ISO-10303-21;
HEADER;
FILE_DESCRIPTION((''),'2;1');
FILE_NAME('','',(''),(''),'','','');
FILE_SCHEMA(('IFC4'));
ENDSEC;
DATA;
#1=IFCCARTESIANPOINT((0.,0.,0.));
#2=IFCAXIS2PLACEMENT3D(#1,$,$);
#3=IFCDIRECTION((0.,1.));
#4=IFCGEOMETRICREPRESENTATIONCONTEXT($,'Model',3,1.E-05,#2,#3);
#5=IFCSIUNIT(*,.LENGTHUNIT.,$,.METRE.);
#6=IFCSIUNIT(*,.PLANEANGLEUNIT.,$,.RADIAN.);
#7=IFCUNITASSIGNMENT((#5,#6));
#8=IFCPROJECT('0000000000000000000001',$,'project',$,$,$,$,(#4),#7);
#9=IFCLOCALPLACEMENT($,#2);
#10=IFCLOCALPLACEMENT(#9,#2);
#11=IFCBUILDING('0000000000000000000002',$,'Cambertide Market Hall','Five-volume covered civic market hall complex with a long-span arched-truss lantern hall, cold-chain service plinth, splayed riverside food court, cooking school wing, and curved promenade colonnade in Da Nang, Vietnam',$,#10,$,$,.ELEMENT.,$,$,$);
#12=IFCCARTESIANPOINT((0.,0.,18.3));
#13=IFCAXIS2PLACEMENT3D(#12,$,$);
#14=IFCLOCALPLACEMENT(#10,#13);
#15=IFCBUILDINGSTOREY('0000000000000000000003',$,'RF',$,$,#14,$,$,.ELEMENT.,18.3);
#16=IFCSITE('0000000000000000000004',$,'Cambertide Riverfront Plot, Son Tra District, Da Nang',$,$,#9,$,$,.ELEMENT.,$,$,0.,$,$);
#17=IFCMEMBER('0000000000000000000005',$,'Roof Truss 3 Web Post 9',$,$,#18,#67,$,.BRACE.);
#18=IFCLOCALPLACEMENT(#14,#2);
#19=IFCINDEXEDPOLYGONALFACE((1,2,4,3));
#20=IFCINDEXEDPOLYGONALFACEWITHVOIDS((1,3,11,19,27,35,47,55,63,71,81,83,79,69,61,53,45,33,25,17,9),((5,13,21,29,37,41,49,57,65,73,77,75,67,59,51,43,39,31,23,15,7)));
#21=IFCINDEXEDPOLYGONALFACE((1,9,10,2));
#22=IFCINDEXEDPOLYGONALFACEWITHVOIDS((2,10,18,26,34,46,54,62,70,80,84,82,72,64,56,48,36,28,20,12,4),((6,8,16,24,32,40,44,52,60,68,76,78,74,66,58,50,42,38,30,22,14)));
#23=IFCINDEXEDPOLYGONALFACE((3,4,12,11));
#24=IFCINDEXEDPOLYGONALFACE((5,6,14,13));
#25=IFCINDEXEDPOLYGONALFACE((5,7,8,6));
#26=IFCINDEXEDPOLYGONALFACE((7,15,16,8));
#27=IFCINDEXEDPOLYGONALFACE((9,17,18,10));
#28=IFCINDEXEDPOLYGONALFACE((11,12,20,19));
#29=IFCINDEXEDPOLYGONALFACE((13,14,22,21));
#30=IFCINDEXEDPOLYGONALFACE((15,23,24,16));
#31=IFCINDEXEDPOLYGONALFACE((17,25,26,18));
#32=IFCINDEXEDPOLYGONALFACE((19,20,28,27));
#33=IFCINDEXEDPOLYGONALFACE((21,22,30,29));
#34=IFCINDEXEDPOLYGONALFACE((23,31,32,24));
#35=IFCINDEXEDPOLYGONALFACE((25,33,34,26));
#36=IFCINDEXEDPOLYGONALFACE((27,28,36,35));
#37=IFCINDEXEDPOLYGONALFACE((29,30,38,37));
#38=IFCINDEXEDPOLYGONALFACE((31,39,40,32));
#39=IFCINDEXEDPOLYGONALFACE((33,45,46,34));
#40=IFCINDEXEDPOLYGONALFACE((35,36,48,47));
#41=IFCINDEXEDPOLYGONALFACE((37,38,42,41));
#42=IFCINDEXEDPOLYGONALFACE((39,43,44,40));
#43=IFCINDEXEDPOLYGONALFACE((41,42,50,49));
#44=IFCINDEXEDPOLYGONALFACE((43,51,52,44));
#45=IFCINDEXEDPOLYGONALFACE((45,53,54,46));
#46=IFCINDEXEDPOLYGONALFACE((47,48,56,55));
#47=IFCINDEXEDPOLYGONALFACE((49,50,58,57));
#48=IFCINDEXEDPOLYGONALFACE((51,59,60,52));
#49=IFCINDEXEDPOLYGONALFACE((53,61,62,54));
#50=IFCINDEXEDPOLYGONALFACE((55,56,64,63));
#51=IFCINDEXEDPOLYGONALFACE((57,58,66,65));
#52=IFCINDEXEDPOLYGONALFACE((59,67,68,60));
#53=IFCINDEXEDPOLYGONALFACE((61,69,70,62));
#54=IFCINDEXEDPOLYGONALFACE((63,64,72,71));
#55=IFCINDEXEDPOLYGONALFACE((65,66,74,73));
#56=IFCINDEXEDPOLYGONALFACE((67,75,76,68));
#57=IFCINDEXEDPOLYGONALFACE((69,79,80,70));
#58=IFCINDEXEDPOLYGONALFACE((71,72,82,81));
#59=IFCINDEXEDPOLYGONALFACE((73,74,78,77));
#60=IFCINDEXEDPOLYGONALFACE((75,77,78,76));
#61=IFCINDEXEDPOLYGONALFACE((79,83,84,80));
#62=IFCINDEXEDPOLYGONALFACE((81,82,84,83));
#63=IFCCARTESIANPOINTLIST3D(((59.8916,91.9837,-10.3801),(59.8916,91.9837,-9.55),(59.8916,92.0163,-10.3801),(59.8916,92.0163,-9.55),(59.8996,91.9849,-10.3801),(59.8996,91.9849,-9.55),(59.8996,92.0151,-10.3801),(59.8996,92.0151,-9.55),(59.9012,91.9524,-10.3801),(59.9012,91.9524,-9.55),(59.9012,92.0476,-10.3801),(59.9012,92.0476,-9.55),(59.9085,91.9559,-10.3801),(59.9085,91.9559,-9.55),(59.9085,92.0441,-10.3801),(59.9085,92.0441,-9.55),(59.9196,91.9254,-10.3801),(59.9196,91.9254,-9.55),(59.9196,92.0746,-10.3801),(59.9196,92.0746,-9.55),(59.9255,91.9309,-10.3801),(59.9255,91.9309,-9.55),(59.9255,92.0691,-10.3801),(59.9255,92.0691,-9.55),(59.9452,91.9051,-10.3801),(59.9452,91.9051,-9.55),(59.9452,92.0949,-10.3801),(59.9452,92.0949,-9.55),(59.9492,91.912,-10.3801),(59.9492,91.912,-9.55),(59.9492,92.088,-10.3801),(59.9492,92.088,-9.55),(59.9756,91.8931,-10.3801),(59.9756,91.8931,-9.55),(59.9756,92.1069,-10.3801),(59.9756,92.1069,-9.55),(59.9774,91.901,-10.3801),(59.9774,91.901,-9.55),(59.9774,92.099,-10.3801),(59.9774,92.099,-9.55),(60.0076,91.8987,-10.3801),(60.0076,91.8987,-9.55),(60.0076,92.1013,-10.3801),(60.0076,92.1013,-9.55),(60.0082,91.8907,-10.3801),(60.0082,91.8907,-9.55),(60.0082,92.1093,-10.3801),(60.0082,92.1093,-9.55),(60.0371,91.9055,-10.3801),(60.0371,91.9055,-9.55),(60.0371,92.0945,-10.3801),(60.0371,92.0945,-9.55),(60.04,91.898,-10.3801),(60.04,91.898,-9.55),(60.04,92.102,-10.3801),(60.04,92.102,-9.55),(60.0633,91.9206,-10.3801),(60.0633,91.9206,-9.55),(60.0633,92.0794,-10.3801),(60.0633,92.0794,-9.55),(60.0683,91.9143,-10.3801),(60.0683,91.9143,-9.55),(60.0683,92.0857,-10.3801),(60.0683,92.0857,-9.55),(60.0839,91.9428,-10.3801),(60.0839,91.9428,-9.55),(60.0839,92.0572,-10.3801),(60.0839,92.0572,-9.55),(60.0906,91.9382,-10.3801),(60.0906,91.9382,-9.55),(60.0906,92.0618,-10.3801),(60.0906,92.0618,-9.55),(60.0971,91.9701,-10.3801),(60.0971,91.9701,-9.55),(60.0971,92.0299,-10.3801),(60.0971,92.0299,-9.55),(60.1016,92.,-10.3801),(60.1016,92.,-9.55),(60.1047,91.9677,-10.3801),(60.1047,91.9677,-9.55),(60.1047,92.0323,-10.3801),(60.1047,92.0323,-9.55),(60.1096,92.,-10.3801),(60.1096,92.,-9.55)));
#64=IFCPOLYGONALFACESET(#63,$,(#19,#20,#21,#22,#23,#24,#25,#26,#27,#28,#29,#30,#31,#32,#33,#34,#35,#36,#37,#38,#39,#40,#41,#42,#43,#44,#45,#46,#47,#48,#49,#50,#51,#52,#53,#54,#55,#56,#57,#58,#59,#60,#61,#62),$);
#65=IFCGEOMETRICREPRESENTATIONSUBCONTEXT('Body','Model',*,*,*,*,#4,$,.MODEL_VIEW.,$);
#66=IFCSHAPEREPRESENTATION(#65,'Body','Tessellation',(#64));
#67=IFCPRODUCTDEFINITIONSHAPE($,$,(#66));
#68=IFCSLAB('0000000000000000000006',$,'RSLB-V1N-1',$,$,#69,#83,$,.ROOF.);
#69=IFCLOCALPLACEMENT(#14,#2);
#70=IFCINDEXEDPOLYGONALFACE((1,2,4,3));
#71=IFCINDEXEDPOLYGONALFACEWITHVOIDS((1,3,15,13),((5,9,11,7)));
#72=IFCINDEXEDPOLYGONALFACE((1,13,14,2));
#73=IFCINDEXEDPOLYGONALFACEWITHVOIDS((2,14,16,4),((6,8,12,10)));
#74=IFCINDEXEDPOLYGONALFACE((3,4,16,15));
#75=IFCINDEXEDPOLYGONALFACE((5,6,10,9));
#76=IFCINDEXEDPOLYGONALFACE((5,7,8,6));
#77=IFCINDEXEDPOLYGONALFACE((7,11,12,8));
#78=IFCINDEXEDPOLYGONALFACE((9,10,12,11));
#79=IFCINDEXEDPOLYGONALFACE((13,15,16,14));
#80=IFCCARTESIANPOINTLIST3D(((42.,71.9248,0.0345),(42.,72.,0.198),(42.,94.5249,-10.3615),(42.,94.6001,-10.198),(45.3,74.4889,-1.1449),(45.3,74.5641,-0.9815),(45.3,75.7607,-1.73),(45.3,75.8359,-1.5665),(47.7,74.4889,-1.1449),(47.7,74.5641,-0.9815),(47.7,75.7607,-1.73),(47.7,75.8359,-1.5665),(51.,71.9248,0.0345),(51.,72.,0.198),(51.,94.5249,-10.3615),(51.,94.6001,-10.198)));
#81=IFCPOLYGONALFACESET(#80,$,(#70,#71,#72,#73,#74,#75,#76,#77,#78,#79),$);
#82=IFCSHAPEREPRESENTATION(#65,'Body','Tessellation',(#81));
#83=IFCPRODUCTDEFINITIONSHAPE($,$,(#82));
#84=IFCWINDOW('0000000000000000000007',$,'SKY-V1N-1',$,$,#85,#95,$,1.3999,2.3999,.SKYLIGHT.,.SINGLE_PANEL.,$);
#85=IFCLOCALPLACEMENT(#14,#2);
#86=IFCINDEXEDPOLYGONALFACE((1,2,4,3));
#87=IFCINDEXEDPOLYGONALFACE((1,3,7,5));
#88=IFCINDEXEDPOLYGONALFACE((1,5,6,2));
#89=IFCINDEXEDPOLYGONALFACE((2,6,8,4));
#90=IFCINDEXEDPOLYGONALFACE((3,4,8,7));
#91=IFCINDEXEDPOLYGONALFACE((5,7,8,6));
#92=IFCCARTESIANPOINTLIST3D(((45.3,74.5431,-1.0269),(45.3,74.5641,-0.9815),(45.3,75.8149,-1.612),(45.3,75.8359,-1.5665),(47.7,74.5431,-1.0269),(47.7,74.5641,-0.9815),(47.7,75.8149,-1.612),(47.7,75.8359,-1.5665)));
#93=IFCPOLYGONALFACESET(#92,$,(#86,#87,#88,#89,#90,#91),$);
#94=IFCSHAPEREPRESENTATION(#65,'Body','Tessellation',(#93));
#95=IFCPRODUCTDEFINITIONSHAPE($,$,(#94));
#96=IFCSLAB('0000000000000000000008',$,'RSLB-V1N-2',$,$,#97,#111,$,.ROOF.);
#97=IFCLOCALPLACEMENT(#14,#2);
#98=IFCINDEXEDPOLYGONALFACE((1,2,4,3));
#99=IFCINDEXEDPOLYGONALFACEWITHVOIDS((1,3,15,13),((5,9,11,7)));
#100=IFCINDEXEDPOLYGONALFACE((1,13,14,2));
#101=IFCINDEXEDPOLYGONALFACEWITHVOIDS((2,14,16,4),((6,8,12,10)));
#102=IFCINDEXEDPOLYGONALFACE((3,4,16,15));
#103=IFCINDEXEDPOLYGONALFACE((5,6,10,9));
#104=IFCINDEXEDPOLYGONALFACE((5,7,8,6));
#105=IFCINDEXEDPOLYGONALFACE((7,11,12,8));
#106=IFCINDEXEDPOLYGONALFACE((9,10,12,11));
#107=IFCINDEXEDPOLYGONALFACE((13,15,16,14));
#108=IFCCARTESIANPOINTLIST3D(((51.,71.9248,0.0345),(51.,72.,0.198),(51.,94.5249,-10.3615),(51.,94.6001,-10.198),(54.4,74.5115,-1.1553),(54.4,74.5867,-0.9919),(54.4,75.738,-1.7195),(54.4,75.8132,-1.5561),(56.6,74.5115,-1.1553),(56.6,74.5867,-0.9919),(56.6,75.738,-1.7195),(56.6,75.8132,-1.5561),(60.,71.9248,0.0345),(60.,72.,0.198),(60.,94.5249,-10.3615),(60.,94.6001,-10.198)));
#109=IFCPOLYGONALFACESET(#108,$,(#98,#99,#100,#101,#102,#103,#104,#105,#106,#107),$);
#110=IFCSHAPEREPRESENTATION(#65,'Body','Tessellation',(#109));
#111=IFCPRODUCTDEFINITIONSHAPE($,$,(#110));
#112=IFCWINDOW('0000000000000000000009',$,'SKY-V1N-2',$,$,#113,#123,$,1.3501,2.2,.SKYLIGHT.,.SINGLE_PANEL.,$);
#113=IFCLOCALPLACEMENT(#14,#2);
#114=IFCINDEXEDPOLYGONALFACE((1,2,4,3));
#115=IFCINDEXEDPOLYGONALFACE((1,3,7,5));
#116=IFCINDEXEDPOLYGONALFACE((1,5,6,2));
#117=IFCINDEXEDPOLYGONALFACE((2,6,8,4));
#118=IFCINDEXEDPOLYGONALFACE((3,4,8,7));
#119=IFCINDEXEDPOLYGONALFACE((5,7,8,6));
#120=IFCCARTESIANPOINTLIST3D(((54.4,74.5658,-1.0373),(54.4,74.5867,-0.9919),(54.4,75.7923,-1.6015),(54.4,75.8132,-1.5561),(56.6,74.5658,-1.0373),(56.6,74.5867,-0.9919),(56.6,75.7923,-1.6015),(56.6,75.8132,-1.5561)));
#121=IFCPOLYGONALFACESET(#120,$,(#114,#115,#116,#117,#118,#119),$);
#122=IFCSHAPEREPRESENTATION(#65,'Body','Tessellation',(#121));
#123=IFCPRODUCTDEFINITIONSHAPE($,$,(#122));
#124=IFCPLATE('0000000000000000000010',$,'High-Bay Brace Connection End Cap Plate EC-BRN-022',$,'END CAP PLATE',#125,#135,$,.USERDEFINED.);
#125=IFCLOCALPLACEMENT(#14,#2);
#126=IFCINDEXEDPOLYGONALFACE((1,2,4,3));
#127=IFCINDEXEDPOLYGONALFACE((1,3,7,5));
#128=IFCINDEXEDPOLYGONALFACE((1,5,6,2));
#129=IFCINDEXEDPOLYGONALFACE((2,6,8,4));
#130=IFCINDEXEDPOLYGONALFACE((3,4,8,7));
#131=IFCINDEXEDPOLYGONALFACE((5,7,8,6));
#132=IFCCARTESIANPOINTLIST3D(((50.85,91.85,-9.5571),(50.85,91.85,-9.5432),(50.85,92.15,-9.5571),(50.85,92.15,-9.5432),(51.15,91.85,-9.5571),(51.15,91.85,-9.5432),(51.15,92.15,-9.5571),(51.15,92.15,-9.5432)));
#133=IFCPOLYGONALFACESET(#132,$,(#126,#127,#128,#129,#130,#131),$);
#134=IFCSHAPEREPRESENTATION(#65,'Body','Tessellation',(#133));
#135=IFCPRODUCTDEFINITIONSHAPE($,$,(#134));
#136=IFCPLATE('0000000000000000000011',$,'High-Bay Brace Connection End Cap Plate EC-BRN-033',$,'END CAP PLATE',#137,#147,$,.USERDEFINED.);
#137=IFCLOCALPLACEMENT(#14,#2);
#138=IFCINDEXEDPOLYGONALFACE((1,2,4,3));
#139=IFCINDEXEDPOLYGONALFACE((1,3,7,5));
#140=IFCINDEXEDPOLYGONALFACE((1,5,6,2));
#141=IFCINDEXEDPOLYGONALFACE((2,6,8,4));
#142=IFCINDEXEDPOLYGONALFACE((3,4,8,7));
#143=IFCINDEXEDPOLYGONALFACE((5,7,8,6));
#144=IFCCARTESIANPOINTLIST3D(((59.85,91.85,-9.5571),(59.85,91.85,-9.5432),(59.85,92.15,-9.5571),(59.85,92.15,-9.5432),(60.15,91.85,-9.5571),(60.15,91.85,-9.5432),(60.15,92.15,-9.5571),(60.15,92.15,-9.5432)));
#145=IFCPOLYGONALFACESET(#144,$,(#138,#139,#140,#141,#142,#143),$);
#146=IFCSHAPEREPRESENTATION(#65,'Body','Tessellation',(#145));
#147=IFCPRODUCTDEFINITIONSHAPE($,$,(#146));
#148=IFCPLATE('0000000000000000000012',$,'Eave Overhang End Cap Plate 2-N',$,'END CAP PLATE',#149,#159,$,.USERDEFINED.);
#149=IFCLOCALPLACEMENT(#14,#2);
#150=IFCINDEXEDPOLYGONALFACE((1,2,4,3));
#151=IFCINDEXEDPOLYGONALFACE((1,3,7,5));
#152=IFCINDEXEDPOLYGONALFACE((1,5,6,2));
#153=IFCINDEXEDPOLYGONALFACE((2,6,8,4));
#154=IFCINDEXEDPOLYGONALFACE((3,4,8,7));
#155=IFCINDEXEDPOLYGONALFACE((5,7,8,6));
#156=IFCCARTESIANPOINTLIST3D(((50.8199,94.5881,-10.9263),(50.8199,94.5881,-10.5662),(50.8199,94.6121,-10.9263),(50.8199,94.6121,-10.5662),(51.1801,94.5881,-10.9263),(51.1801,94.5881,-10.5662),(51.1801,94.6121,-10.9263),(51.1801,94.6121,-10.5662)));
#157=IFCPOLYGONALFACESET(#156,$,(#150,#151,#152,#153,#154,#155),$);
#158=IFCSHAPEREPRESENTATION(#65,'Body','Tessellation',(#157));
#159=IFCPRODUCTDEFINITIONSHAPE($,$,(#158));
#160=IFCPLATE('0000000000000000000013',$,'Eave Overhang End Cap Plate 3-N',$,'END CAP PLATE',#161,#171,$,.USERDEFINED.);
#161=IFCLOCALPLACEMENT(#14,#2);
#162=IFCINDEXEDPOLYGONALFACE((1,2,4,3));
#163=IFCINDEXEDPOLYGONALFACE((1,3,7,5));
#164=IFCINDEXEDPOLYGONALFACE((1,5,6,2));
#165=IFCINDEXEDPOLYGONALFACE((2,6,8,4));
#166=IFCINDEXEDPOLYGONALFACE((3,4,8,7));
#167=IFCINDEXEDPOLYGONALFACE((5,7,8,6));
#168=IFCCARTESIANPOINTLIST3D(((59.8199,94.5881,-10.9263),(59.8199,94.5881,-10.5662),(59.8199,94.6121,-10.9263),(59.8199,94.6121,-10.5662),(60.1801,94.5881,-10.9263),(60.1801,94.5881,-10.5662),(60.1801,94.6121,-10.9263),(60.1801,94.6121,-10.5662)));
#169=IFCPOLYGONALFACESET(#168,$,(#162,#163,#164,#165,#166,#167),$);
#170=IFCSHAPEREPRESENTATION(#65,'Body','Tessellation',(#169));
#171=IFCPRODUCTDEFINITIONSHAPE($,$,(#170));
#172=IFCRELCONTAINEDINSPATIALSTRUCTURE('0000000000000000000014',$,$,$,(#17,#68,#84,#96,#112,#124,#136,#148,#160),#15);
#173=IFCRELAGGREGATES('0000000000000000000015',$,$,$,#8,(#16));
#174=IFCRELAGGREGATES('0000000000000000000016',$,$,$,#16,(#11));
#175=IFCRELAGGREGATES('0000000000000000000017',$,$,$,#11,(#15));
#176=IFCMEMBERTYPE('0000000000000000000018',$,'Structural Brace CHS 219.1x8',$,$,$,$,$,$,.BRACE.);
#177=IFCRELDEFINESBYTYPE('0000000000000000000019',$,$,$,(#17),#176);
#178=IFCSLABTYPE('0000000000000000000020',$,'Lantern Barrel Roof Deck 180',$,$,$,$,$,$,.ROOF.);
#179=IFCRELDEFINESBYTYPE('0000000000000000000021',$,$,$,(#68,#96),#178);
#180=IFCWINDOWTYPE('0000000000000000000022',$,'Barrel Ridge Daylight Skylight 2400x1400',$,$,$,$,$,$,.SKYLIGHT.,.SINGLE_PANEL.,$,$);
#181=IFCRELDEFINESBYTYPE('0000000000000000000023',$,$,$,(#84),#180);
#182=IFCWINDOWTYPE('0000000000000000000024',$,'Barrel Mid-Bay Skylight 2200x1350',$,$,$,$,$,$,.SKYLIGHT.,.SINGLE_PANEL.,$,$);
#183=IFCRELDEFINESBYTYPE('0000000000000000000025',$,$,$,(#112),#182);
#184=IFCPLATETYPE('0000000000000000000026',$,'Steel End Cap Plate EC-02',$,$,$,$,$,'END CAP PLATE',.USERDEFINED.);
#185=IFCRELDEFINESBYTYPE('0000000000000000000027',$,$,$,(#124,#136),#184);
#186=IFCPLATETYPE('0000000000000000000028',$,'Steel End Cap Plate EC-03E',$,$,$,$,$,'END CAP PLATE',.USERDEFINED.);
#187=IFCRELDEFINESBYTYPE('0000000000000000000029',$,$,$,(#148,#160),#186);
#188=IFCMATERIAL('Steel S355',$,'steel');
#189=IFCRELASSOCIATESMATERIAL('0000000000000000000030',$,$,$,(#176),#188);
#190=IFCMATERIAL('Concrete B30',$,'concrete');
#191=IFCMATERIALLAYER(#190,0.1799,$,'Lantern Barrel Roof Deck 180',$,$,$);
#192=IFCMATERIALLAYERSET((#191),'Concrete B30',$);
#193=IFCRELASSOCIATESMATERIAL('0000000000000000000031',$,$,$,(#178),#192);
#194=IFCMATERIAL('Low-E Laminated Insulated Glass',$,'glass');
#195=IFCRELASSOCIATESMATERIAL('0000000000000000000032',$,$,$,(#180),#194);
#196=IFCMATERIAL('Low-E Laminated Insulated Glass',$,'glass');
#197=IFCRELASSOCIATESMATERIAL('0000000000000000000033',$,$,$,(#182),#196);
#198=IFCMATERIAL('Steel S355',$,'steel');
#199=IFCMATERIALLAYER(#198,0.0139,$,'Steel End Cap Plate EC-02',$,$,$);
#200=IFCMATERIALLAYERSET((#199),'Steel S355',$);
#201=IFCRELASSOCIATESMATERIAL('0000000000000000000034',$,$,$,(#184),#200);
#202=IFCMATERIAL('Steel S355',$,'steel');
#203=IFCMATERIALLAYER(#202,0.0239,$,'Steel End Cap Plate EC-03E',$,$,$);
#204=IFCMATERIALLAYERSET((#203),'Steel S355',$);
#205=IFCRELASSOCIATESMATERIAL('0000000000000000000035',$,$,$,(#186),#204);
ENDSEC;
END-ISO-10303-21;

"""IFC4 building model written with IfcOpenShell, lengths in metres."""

from ifc_helpers import new_model, si_unit, direction, frame, origin, origin_2d, place, context, subcontext, project, spatial, polyline, rectangle, hollow_circle, outline, extrude, material, layer, layer_set, material_profile, profile_set, type_object, element, fill, save


model = new_model("IFC4")

# Units and contexts
model_context = context("Model", 3, precision=1e-05, world=origin(), true_north=direction((0.0, 1.0)))
body_context = subcontext(model_context, "Body", "Model", "MODEL_VIEW")
ifc_project = project(units=[si_unit("LENGTHUNIT", "METRE"), si_unit("PLANEANGLEUNIT", "RADIAN")], contexts=[model_context])

# Site, building, storey
site_placement = place(None, origin())
site = spatial("IfcSite", under=ifc_project, at=site_placement, Name="Cambertide Riverfront Plot, Son Tra District, Da Nang", CompositionType="ELEMENT", RefElevation=0.0)
building_placement = place(site_placement, origin())
building = spatial("IfcBuilding", under=site, at=building_placement, Name="Cambertide Market Hall", Description="Five-volume covered civic market hall complex with a long-span arched-truss lantern hall, cold-chain service plinth, splayed riverside food court, cooking school wing, and curved promenade colonnade in Da Nang, Vietnam", CompositionType="ELEMENT")
storey_placement = place(building_placement, frame((0.0, 0.0, 18.3)))
storey = spatial("IfcBuildingStorey", under=building, at=storey_placement, Name="RF", CompositionType="ELEMENT", Elevation=18.3)

# Member
ifc_material_1 = material(Name="Steel S355", Category="steel")
ifc_material_profile_1 = material_profile(ifc_material_1, hollow_circle(Radius=0.1096, WallThickness=0.0081, at=origin_2d()), Name="CHS 219.1x8")
ifc_profile_set_1 = profile_set([ifc_material_profile_1], Name="Steel S355")
member_type_1 = type_object("IfcMemberType", Name="Structural Brace CHS 219.1x8", PredefinedType="BRACE", material=ifc_profile_set_1)
for number, where, z_axis, x_axis, name in (
    (1, (60.0, 92.0, -10.3801), (0.0, 0.0, 1.0), (1.0, 0.0, 0.0), "Roof Truss 3 Web Post 9"),
):
    element("IfcMember", number, at=place(storey_placement, frame(where, z_axis=z_axis, x_axis=x_axis)), inside=storey, type_object=member_type_1, Name=name, PredefinedType="BRACE", context=body_context, shape_type="SweptSolid", body=[
        extrude(hollow_circle(Radius=0.1096, WallThickness=0.0081, at=origin_2d()), origin(), (0.0, 0.0, 1.0), 0.8301),
    ])

# Slabs, openings, windows
ifc_material_2 = material(Name="Concrete B30", Category="concrete")
ifc_layer_1 = layer(ifc_material_2, 0.1799, Name="Lantern Barrel Roof Deck 180")
ifc_layer_set_1 = layer_set([ifc_layer_1], Name="Concrete B30")
slab_type = type_object("IfcSlabType", Name="Lantern Barrel Roof Deck 180", PredefinedType="ROOF", material=ifc_layer_set_1)
slab_1_placement = place(storey_placement, frame((51.0, 94.6001, -10.198), z_axis=(0.0, 0.417904, 0.908491), x_axis=(-1.0, 0.0, 0.0)))
slab_1 = element("IfcSlab", 2, at=slab_1_placement, inside=storey, type_object=slab_type, Name="RSLB-V1N-1", PredefinedType="ROOF", context=body_context, shape_type="SweptSolid", body=[
    extrude(outline(polyline([(0.0, 0.0), (9.0, 0.0), (9.0, 24.8765), (0.0, 24.8765), (0.0, 0.0)])), origin(), (0.0, 0.0, -1.0), 0.1799),
])
opening_1_placement = place(slab_1_placement, frame((4.5, 21.3542, 0.01), z_axis=(0.0, 0.0, 1.0), x_axis=(1.0, 0.0, 0.0)))
opening_1 = element("IfcOpeningElement", 3, at=opening_1_placement, cuts=slab_1, PredefinedType="OPENING", context=body_context, shape_type="SweptSolid", body=[
    extrude(rectangle(XDim=2.3999, YDim=1.3999, at=origin_2d()), origin(), (0.0, 0.0, -1.0), 0.2),
])
ifc_material_3 = material(Name="Low-E Laminated Insulated Glass", Category="glass")
window_type_1 = type_object("IfcWindowType", Name="Barrel Ridge Daylight Skylight 2400x1400", PartitioningType="SINGLE_PANEL", PredefinedType="SKYLIGHT", material=ifc_material_3)
window_1_placement = place(slab_1_placement, frame((4.5, 21.3542, 0.0), z_axis=(0.0, 0.0, 1.0), x_axis=(1.0, 0.0, 0.0)))
window_1 = element("IfcWindow", 4, at=window_1_placement, inside=storey, type_object=window_type_1, Name="SKY-V1N-1", OverallHeight=1.3999, OverallWidth=2.3999, PartitioningType="SINGLE_PANEL", PredefinedType="SKYLIGHT", context=body_context, shape_type="SweptSolid", body=[
    extrude(rectangle(XDim=2.3999, YDim=1.3999, at=origin_2d()), origin(), (0.0, 0.0, -1.0), 0.05),
])
fill(opening_1, window_1)
slab_2_placement = place(storey_placement, frame((60.0, 94.6001, -10.198), z_axis=(0.0, 0.417904, 0.908491), x_axis=(-1.0, 0.0, 0.0)))
slab_2 = element("IfcSlab", 5, at=slab_2_placement, inside=storey, type_object=slab_type, Name="RSLB-V1N-2", PredefinedType="ROOF", context=body_context, shape_type="SweptSolid", body=[
    extrude(outline(polyline([(0.0, 0.0), (9.0, 0.0), (9.0, 24.8765), (0.0, 24.8765), (0.0, 0.0)])), origin(), (0.0, 0.0, -1.0), 0.1799),
])
opening_2_placement = place(slab_2_placement, frame((4.5, 21.3542, 0.01), z_axis=(0.0, 0.0, 1.0), x_axis=(1.0, 0.0, 0.0)))
opening_2 = element("IfcOpeningElement", 6, at=opening_2_placement, cuts=slab_2, PredefinedType="OPENING", context=body_context, shape_type="SweptSolid", body=[
    extrude(rectangle(XDim=2.2, YDim=1.3501, at=origin_2d()), origin(), (0.0, 0.0, -1.0), 0.2),
])
ifc_material_4 = material(Name="Low-E Laminated Insulated Glass", Category="glass")
window_type_2 = type_object("IfcWindowType", Name="Barrel Mid-Bay Skylight 2200x1350", PartitioningType="SINGLE_PANEL", PredefinedType="SKYLIGHT", material=ifc_material_4)
window_2_placement = place(slab_2_placement, frame((4.5, 21.3542, 0.0), z_axis=(0.0, 0.0, 1.0), x_axis=(1.0, 0.0, 0.0)))
window_2 = element("IfcWindow", 7, at=window_2_placement, inside=storey, type_object=window_type_2, Name="SKY-V1N-2", OverallHeight=1.3501, OverallWidth=2.2, PartitioningType="SINGLE_PANEL", PredefinedType="SKYLIGHT", context=body_context, shape_type="SweptSolid", body=[
    extrude(rectangle(XDim=2.2, YDim=1.3501, at=origin_2d()), origin(), (0.0, 0.0, -1.0), 0.05),
])
fill(opening_2, window_2)

# Plates
ifc_material_5 = material(Name="Steel S355", Category="steel")
ifc_layer_2 = layer(ifc_material_5, 0.0139, Name="Steel End Cap Plate EC-02")
ifc_layer_set_2 = layer_set([ifc_layer_2], Name="Steel S355")
plate_type_1 = type_object("IfcPlateType", Name="Steel End Cap Plate EC-02", ElementType="END CAP PLATE", PredefinedType="USERDEFINED", material=ifc_layer_set_2)
for number, where, z_axis, x_axis, name in (
    (8, (51.0, 92.0, -9.5571), (0.0, 0.0, 1.0), (1.0, 0.0, 0.0), "High-Bay Brace Connection End Cap Plate EC-BRN-022"),
    (9, (60.0, 92.0, -9.5571), (0.0, 0.0, 1.0), (1.0, 0.0, 0.0), "High-Bay Brace Connection End Cap Plate EC-BRN-033"),
):
    element("IfcPlate", number, at=place(storey_placement, frame(where, z_axis=z_axis, x_axis=x_axis)), inside=storey, type_object=plate_type_1, Name=name, ObjectType="END CAP PLATE", PredefinedType="USERDEFINED", context=body_context, shape_type="SweptSolid", body=[
        extrude(rectangle(XDim=0.3, YDim=0.3, at=origin_2d()), origin(), (0.0, 0.0, 1.0), 0.0139),
    ])
ifc_material_6 = material(Name="Steel S355", Category="steel")
ifc_layer_3 = layer(ifc_material_6, 0.0239, Name="Steel End Cap Plate EC-03E")
ifc_layer_set_3 = layer_set([ifc_layer_3], Name="Steel S355")
plate_type_2 = type_object("IfcPlateType", Name="Steel End Cap Plate EC-03E", ElementType="END CAP PLATE", PredefinedType="USERDEFINED", material=ifc_layer_set_3)
for number, where, z_axis, x_axis, name in (
    (10, (51.0, 94.6001, -10.9263), (0.0, 0.0, 1.0), (1.0, 0.0, 0.0), "Eave Overhang End Cap Plate 2-N"),
    (11, (60.0, 94.6001, -10.9263), (0.0, 0.0, 1.0), (1.0, 0.0, 0.0), "Eave Overhang End Cap Plate 3-N"),
):
    element("IfcPlate", number, at=place(storey_placement, frame(where, z_axis=z_axis, x_axis=x_axis)), inside=storey, type_object=plate_type_2, Name=name, ObjectType="END CAP PLATE", PredefinedType="USERDEFINED", context=body_context, shape_type="SweptSolid", body=[
        extrude(rectangle(XDim=0.3601, YDim=0.0239, at=origin_2d()), origin(), (0.0, 0.0, 1.0), 0.3601),
    ])

save(model, "model.ifc")
